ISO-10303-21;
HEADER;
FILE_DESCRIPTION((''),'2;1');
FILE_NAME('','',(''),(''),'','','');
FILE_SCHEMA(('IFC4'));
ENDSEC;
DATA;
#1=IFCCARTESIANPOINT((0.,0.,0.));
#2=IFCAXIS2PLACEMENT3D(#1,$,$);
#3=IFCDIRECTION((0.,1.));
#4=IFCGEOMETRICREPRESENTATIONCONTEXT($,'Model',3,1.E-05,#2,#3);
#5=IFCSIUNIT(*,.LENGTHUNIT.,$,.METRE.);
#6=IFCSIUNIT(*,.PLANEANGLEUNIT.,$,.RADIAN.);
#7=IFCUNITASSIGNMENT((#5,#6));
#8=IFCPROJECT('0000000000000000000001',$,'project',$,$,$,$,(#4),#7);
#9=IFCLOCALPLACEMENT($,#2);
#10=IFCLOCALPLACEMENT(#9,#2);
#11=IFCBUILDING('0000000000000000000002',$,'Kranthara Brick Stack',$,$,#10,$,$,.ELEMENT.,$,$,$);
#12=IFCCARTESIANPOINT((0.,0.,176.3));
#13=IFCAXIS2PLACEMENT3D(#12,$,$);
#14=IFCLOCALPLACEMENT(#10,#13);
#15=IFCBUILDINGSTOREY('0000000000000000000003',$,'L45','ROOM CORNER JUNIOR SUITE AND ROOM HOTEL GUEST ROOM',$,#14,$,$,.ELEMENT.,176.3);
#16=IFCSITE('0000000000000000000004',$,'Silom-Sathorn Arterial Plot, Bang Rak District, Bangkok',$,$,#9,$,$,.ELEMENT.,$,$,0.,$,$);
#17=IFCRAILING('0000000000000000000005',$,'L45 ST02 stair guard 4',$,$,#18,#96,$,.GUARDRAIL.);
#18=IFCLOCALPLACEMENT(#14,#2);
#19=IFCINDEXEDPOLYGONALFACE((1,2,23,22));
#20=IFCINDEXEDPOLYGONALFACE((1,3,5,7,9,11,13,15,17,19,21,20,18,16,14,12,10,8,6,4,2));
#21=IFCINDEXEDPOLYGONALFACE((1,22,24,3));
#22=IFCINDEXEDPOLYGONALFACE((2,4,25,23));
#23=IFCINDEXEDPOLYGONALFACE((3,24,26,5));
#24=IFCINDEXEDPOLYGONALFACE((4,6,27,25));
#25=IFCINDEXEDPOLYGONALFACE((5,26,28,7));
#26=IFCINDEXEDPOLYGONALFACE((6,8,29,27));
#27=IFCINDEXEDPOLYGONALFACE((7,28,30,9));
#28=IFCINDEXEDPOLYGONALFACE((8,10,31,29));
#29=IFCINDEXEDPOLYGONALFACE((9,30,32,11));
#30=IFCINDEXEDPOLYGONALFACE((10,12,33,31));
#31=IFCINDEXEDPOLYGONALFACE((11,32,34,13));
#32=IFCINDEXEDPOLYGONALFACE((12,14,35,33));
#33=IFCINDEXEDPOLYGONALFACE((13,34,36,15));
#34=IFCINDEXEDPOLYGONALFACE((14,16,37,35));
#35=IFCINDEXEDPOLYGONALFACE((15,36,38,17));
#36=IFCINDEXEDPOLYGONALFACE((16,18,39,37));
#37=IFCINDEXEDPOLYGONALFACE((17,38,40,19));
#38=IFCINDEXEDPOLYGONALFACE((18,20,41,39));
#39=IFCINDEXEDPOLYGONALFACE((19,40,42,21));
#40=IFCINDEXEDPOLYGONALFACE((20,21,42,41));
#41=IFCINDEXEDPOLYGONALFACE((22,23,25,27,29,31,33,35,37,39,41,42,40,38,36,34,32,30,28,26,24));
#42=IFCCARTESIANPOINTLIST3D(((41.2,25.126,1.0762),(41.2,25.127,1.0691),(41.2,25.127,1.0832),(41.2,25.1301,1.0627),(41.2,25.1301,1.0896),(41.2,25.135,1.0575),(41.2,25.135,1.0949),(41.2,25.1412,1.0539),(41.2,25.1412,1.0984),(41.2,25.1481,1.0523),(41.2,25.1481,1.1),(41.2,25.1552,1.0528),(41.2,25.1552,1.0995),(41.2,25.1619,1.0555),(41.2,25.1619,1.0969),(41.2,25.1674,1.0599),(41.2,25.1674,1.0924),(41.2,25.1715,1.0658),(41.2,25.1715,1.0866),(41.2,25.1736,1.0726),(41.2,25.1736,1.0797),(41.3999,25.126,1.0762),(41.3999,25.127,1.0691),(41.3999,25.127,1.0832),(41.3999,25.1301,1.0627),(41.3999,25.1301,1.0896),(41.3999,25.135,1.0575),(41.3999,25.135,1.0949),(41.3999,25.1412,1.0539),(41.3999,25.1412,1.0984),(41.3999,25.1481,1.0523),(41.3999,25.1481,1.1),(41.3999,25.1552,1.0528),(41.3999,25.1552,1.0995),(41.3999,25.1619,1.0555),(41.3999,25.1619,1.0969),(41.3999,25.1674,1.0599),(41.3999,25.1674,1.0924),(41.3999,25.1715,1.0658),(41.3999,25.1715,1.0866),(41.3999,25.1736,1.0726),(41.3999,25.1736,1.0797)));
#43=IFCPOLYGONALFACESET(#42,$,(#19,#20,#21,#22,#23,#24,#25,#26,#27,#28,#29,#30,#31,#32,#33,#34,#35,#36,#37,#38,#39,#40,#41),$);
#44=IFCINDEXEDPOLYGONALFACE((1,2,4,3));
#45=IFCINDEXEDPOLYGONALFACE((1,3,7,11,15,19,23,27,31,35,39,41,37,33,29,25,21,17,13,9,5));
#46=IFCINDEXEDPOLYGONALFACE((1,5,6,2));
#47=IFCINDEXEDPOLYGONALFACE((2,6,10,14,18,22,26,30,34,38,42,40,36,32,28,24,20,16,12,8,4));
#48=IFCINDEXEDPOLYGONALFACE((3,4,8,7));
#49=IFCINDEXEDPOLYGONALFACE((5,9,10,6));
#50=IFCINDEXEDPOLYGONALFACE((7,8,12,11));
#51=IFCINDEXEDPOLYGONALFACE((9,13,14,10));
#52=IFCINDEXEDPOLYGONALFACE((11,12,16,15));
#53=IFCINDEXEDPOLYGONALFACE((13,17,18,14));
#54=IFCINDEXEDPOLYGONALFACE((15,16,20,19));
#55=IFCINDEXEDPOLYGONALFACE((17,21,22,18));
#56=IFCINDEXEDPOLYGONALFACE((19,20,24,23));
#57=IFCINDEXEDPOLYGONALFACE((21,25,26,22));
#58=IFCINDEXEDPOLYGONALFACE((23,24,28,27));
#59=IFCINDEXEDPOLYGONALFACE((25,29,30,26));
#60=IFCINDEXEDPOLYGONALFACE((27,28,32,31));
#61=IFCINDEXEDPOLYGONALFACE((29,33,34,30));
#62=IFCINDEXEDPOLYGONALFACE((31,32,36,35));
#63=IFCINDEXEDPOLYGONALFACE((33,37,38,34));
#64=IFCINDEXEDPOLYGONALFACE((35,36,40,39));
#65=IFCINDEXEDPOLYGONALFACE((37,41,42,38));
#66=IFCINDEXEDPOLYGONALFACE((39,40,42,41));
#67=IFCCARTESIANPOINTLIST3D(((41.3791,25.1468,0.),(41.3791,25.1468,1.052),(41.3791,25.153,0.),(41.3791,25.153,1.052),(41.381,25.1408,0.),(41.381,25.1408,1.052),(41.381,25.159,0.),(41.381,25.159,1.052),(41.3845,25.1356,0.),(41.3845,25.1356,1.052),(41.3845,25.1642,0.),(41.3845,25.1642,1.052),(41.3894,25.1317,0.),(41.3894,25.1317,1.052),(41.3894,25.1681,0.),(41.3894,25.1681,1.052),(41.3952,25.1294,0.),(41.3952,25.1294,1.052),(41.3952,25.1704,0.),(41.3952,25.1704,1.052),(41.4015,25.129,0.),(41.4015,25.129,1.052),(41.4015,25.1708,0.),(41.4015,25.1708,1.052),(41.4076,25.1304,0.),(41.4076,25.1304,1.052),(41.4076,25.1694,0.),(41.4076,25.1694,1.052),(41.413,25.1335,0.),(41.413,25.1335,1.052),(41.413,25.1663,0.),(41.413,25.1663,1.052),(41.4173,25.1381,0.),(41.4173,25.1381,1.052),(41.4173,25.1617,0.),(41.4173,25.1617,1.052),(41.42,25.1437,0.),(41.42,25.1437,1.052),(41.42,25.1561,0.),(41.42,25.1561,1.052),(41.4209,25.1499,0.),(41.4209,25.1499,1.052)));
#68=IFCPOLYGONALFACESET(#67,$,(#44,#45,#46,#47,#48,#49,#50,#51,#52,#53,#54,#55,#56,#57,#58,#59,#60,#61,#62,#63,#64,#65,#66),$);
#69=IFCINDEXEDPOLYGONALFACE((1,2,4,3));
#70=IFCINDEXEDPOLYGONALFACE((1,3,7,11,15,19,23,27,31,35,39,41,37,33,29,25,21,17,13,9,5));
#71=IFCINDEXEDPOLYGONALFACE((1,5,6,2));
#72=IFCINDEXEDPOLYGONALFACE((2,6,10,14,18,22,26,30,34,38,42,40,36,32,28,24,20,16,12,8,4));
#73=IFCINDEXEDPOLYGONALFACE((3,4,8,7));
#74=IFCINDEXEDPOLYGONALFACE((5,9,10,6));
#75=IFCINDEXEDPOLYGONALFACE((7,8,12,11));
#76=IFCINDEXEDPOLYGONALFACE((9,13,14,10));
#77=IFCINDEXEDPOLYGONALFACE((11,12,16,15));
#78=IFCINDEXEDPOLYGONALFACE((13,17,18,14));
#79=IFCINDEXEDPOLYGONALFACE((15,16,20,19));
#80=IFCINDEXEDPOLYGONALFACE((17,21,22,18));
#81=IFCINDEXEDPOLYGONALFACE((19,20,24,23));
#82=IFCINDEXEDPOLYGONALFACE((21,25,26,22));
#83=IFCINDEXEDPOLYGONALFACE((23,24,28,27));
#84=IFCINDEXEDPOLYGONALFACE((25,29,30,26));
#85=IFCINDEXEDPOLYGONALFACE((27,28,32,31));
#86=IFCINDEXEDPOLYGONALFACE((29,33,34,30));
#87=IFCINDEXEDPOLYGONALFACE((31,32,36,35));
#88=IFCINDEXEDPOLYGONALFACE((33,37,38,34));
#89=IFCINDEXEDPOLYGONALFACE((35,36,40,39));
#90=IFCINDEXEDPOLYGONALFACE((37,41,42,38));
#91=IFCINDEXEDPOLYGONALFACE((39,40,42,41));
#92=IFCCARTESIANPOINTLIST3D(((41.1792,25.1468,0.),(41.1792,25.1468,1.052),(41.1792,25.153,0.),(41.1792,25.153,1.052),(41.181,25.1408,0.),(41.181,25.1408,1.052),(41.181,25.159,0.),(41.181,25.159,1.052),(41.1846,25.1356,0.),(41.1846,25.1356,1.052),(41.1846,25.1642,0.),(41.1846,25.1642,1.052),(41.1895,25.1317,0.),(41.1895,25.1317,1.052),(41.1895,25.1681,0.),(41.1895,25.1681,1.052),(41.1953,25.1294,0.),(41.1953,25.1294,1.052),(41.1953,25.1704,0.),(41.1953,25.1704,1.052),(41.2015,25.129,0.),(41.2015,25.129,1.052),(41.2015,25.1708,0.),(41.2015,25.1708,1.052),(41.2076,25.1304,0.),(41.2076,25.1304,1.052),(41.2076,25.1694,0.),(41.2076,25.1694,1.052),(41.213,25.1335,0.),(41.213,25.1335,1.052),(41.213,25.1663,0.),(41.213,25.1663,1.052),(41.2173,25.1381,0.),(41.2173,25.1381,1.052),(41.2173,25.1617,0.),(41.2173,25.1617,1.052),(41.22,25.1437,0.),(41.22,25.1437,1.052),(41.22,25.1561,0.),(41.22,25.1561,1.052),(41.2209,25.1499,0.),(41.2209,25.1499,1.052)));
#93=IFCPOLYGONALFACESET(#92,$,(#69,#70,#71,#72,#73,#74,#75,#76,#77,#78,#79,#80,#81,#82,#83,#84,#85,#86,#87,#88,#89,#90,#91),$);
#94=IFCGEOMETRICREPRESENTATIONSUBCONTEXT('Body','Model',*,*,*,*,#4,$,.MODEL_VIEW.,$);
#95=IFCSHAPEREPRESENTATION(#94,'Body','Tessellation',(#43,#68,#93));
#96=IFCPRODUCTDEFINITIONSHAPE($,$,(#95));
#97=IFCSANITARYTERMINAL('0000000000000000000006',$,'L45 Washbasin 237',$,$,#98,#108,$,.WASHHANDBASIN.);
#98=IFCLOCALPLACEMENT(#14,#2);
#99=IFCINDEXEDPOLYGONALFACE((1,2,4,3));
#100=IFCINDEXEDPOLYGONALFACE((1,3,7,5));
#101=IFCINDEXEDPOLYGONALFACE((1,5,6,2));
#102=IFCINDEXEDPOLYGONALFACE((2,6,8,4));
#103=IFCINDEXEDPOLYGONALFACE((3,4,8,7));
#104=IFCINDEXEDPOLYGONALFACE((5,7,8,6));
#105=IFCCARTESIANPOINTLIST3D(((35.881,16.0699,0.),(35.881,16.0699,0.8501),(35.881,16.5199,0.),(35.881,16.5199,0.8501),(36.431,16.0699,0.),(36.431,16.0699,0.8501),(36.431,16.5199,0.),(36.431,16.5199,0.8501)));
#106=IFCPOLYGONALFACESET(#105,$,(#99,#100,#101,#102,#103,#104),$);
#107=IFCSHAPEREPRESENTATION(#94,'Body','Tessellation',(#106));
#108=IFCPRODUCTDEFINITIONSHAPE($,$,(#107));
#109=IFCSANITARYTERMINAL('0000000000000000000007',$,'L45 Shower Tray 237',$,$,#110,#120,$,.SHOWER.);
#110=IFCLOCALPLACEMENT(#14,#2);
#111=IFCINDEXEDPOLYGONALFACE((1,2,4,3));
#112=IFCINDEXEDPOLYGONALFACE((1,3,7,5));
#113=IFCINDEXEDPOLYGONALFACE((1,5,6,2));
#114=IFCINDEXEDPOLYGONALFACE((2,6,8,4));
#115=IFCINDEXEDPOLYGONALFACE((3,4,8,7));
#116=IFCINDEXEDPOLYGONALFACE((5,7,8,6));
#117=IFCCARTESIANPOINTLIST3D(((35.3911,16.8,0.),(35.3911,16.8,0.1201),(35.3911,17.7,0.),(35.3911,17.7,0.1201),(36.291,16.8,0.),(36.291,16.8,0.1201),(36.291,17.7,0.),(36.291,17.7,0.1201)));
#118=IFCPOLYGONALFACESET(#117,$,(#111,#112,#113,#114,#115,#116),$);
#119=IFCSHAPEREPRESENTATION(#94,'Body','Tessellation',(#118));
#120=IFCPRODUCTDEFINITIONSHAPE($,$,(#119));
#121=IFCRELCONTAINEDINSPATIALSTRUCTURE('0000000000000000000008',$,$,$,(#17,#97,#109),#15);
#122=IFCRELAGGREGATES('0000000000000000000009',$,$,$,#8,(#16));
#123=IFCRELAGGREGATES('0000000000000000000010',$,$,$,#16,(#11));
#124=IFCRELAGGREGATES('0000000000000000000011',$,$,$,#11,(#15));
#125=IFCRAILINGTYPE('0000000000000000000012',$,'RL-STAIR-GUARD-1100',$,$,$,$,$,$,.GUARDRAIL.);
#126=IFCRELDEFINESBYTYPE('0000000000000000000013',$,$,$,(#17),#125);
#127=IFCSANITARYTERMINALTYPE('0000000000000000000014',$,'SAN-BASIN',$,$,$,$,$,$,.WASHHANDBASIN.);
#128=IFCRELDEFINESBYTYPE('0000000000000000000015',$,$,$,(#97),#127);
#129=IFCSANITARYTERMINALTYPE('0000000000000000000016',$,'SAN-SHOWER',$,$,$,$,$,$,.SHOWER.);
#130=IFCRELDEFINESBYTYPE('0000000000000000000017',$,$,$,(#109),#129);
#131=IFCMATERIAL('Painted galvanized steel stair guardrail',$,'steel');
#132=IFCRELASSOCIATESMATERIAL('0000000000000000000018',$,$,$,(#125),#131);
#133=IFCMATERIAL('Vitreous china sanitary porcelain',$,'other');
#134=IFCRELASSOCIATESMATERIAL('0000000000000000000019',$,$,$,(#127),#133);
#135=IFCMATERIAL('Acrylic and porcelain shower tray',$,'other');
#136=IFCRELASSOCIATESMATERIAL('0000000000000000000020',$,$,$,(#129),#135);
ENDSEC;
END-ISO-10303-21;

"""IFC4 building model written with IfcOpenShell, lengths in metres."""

from ifc_helpers import new_model, si_unit, direction, frame, origin, origin_2d, place, context, subcontext, project, spatial, rectangle, circle, extrude, material, type_object, element, save


model = new_model("IFC4")

# Units and contexts
model_context = context("Model", 3, precision=1e-05, world=origin(), true_north=direction((0.0, 1.0)))
body_context = subcontext(model_context, "Body", "Model", "MODEL_VIEW")
ifc_project = project(units=[si_unit("LENGTHUNIT", "METRE"), si_unit("PLANEANGLEUNIT", "RADIAN")], contexts=[model_context])

# Site, building, storey
site_placement = place(None, origin())
site = spatial("IfcSite", under=ifc_project, at=site_placement, Name="Silom-Sathorn Arterial Plot, Bang Rak District, Bangkok", CompositionType="ELEMENT", RefElevation=0.0)
building_placement = place(site_placement, origin())
building = spatial("IfcBuilding", under=site, at=building_placement, Name="Kranthara Brick Stack", CompositionType="ELEMENT")
storey_placement = place(building_placement, frame((0.0, 0.0, 176.3)))
storey = spatial("IfcBuildingStorey", under=building, at=storey_placement, Name="L45", Description="ROOM CORNER JUNIOR SUITE AND ROOM HOTEL GUEST ROOM", CompositionType="ELEMENT", Elevation=176.3)

# Railing
ifc_material_1 = material(Name="Painted galvanized steel stair guardrail", Category="steel")
railing_type = type_object("IfcRailingType", Name="RL-STAIR-GUARD-1100", PredefinedType="GUARDRAIL", material=ifc_material_1)
railing_1_placement = place(storey_placement, frame((41.3999, 25.1499, 0.0)))
element("IfcRailing", 1, at=railing_1_placement, inside=storey, type_object=railing_type, Name="L45 ST02 stair guard 4", PredefinedType="GUARDRAIL", context=body_context, shape_type="SweptSolid", body=[
    extrude(circle(Radius=0.0239, at=origin_2d()), frame((0.0, 0.0, 1.0762), z_axis=(-1.0, 0.0, 0.0), x_axis=(0.0, -1.0, 0.0)), (0.0, 0.0, 1.0), 0.2),
    extrude(circle(Radius=0.021, at=origin_2d()), origin(), (0.0, 0.0, 1.0), 1.052),
    extrude(circle(Radius=0.021, at=origin_2d()), frame((-0.2, 0.0, 0.0)), (0.0, 0.0, 1.0), 1.052),
])

# Sanitary terminals
ifc_material_2 = material(Name="Vitreous china sanitary porcelain", Category="other")
sanitary_terminal_type_1 = type_object("IfcSanitaryTerminalType", Name="SAN-BASIN", PredefinedType="WASHHANDBASIN", material=ifc_material_2)
sanitary_terminal_1_placement = place(storey_placement, frame((36.156, 16.2949, 0.0), z_axis=(0.0, 0.0, 1.0), x_axis=(1.0, 0.0, 0.0)))
element("IfcSanitaryTerminal", 2, at=sanitary_terminal_1_placement, inside=storey, type_object=sanitary_terminal_type_1, Name="L45 Washbasin 237", PredefinedType="WASHHANDBASIN", context=body_context, shape_type="SweptSolid", body=[
    extrude(rectangle(XDim=0.55, YDim=0.45, at=origin_2d()), origin(), (0.0, 0.0, 1.0), 0.8501),
])
ifc_material_3 = material(Name="Acrylic and porcelain shower tray", Category="other")
sanitary_terminal_type_2 = type_object("IfcSanitaryTerminalType", Name="SAN-SHOWER", PredefinedType="SHOWER", material=ifc_material_3)
sanitary_terminal_2_placement = place(storey_placement, frame((35.8411, 17.25, 0.0), z_axis=(0.0, 0.0, 1.0), x_axis=(1.0, 0.0, 0.0)))
element("IfcSanitaryTerminal", 3, at=sanitary_terminal_2_placement, inside=storey, type_object=sanitary_terminal_type_2, Name="L45 Shower Tray 237", PredefinedType="SHOWER", context=body_context, shape_type="SweptSolid", body=[
    extrude(rectangle(XDim=0.8999, YDim=0.8999, at=origin_2d()), origin(), (0.0, 0.0, 1.0), 0.1201),
])

save(model, "model.ifc")
